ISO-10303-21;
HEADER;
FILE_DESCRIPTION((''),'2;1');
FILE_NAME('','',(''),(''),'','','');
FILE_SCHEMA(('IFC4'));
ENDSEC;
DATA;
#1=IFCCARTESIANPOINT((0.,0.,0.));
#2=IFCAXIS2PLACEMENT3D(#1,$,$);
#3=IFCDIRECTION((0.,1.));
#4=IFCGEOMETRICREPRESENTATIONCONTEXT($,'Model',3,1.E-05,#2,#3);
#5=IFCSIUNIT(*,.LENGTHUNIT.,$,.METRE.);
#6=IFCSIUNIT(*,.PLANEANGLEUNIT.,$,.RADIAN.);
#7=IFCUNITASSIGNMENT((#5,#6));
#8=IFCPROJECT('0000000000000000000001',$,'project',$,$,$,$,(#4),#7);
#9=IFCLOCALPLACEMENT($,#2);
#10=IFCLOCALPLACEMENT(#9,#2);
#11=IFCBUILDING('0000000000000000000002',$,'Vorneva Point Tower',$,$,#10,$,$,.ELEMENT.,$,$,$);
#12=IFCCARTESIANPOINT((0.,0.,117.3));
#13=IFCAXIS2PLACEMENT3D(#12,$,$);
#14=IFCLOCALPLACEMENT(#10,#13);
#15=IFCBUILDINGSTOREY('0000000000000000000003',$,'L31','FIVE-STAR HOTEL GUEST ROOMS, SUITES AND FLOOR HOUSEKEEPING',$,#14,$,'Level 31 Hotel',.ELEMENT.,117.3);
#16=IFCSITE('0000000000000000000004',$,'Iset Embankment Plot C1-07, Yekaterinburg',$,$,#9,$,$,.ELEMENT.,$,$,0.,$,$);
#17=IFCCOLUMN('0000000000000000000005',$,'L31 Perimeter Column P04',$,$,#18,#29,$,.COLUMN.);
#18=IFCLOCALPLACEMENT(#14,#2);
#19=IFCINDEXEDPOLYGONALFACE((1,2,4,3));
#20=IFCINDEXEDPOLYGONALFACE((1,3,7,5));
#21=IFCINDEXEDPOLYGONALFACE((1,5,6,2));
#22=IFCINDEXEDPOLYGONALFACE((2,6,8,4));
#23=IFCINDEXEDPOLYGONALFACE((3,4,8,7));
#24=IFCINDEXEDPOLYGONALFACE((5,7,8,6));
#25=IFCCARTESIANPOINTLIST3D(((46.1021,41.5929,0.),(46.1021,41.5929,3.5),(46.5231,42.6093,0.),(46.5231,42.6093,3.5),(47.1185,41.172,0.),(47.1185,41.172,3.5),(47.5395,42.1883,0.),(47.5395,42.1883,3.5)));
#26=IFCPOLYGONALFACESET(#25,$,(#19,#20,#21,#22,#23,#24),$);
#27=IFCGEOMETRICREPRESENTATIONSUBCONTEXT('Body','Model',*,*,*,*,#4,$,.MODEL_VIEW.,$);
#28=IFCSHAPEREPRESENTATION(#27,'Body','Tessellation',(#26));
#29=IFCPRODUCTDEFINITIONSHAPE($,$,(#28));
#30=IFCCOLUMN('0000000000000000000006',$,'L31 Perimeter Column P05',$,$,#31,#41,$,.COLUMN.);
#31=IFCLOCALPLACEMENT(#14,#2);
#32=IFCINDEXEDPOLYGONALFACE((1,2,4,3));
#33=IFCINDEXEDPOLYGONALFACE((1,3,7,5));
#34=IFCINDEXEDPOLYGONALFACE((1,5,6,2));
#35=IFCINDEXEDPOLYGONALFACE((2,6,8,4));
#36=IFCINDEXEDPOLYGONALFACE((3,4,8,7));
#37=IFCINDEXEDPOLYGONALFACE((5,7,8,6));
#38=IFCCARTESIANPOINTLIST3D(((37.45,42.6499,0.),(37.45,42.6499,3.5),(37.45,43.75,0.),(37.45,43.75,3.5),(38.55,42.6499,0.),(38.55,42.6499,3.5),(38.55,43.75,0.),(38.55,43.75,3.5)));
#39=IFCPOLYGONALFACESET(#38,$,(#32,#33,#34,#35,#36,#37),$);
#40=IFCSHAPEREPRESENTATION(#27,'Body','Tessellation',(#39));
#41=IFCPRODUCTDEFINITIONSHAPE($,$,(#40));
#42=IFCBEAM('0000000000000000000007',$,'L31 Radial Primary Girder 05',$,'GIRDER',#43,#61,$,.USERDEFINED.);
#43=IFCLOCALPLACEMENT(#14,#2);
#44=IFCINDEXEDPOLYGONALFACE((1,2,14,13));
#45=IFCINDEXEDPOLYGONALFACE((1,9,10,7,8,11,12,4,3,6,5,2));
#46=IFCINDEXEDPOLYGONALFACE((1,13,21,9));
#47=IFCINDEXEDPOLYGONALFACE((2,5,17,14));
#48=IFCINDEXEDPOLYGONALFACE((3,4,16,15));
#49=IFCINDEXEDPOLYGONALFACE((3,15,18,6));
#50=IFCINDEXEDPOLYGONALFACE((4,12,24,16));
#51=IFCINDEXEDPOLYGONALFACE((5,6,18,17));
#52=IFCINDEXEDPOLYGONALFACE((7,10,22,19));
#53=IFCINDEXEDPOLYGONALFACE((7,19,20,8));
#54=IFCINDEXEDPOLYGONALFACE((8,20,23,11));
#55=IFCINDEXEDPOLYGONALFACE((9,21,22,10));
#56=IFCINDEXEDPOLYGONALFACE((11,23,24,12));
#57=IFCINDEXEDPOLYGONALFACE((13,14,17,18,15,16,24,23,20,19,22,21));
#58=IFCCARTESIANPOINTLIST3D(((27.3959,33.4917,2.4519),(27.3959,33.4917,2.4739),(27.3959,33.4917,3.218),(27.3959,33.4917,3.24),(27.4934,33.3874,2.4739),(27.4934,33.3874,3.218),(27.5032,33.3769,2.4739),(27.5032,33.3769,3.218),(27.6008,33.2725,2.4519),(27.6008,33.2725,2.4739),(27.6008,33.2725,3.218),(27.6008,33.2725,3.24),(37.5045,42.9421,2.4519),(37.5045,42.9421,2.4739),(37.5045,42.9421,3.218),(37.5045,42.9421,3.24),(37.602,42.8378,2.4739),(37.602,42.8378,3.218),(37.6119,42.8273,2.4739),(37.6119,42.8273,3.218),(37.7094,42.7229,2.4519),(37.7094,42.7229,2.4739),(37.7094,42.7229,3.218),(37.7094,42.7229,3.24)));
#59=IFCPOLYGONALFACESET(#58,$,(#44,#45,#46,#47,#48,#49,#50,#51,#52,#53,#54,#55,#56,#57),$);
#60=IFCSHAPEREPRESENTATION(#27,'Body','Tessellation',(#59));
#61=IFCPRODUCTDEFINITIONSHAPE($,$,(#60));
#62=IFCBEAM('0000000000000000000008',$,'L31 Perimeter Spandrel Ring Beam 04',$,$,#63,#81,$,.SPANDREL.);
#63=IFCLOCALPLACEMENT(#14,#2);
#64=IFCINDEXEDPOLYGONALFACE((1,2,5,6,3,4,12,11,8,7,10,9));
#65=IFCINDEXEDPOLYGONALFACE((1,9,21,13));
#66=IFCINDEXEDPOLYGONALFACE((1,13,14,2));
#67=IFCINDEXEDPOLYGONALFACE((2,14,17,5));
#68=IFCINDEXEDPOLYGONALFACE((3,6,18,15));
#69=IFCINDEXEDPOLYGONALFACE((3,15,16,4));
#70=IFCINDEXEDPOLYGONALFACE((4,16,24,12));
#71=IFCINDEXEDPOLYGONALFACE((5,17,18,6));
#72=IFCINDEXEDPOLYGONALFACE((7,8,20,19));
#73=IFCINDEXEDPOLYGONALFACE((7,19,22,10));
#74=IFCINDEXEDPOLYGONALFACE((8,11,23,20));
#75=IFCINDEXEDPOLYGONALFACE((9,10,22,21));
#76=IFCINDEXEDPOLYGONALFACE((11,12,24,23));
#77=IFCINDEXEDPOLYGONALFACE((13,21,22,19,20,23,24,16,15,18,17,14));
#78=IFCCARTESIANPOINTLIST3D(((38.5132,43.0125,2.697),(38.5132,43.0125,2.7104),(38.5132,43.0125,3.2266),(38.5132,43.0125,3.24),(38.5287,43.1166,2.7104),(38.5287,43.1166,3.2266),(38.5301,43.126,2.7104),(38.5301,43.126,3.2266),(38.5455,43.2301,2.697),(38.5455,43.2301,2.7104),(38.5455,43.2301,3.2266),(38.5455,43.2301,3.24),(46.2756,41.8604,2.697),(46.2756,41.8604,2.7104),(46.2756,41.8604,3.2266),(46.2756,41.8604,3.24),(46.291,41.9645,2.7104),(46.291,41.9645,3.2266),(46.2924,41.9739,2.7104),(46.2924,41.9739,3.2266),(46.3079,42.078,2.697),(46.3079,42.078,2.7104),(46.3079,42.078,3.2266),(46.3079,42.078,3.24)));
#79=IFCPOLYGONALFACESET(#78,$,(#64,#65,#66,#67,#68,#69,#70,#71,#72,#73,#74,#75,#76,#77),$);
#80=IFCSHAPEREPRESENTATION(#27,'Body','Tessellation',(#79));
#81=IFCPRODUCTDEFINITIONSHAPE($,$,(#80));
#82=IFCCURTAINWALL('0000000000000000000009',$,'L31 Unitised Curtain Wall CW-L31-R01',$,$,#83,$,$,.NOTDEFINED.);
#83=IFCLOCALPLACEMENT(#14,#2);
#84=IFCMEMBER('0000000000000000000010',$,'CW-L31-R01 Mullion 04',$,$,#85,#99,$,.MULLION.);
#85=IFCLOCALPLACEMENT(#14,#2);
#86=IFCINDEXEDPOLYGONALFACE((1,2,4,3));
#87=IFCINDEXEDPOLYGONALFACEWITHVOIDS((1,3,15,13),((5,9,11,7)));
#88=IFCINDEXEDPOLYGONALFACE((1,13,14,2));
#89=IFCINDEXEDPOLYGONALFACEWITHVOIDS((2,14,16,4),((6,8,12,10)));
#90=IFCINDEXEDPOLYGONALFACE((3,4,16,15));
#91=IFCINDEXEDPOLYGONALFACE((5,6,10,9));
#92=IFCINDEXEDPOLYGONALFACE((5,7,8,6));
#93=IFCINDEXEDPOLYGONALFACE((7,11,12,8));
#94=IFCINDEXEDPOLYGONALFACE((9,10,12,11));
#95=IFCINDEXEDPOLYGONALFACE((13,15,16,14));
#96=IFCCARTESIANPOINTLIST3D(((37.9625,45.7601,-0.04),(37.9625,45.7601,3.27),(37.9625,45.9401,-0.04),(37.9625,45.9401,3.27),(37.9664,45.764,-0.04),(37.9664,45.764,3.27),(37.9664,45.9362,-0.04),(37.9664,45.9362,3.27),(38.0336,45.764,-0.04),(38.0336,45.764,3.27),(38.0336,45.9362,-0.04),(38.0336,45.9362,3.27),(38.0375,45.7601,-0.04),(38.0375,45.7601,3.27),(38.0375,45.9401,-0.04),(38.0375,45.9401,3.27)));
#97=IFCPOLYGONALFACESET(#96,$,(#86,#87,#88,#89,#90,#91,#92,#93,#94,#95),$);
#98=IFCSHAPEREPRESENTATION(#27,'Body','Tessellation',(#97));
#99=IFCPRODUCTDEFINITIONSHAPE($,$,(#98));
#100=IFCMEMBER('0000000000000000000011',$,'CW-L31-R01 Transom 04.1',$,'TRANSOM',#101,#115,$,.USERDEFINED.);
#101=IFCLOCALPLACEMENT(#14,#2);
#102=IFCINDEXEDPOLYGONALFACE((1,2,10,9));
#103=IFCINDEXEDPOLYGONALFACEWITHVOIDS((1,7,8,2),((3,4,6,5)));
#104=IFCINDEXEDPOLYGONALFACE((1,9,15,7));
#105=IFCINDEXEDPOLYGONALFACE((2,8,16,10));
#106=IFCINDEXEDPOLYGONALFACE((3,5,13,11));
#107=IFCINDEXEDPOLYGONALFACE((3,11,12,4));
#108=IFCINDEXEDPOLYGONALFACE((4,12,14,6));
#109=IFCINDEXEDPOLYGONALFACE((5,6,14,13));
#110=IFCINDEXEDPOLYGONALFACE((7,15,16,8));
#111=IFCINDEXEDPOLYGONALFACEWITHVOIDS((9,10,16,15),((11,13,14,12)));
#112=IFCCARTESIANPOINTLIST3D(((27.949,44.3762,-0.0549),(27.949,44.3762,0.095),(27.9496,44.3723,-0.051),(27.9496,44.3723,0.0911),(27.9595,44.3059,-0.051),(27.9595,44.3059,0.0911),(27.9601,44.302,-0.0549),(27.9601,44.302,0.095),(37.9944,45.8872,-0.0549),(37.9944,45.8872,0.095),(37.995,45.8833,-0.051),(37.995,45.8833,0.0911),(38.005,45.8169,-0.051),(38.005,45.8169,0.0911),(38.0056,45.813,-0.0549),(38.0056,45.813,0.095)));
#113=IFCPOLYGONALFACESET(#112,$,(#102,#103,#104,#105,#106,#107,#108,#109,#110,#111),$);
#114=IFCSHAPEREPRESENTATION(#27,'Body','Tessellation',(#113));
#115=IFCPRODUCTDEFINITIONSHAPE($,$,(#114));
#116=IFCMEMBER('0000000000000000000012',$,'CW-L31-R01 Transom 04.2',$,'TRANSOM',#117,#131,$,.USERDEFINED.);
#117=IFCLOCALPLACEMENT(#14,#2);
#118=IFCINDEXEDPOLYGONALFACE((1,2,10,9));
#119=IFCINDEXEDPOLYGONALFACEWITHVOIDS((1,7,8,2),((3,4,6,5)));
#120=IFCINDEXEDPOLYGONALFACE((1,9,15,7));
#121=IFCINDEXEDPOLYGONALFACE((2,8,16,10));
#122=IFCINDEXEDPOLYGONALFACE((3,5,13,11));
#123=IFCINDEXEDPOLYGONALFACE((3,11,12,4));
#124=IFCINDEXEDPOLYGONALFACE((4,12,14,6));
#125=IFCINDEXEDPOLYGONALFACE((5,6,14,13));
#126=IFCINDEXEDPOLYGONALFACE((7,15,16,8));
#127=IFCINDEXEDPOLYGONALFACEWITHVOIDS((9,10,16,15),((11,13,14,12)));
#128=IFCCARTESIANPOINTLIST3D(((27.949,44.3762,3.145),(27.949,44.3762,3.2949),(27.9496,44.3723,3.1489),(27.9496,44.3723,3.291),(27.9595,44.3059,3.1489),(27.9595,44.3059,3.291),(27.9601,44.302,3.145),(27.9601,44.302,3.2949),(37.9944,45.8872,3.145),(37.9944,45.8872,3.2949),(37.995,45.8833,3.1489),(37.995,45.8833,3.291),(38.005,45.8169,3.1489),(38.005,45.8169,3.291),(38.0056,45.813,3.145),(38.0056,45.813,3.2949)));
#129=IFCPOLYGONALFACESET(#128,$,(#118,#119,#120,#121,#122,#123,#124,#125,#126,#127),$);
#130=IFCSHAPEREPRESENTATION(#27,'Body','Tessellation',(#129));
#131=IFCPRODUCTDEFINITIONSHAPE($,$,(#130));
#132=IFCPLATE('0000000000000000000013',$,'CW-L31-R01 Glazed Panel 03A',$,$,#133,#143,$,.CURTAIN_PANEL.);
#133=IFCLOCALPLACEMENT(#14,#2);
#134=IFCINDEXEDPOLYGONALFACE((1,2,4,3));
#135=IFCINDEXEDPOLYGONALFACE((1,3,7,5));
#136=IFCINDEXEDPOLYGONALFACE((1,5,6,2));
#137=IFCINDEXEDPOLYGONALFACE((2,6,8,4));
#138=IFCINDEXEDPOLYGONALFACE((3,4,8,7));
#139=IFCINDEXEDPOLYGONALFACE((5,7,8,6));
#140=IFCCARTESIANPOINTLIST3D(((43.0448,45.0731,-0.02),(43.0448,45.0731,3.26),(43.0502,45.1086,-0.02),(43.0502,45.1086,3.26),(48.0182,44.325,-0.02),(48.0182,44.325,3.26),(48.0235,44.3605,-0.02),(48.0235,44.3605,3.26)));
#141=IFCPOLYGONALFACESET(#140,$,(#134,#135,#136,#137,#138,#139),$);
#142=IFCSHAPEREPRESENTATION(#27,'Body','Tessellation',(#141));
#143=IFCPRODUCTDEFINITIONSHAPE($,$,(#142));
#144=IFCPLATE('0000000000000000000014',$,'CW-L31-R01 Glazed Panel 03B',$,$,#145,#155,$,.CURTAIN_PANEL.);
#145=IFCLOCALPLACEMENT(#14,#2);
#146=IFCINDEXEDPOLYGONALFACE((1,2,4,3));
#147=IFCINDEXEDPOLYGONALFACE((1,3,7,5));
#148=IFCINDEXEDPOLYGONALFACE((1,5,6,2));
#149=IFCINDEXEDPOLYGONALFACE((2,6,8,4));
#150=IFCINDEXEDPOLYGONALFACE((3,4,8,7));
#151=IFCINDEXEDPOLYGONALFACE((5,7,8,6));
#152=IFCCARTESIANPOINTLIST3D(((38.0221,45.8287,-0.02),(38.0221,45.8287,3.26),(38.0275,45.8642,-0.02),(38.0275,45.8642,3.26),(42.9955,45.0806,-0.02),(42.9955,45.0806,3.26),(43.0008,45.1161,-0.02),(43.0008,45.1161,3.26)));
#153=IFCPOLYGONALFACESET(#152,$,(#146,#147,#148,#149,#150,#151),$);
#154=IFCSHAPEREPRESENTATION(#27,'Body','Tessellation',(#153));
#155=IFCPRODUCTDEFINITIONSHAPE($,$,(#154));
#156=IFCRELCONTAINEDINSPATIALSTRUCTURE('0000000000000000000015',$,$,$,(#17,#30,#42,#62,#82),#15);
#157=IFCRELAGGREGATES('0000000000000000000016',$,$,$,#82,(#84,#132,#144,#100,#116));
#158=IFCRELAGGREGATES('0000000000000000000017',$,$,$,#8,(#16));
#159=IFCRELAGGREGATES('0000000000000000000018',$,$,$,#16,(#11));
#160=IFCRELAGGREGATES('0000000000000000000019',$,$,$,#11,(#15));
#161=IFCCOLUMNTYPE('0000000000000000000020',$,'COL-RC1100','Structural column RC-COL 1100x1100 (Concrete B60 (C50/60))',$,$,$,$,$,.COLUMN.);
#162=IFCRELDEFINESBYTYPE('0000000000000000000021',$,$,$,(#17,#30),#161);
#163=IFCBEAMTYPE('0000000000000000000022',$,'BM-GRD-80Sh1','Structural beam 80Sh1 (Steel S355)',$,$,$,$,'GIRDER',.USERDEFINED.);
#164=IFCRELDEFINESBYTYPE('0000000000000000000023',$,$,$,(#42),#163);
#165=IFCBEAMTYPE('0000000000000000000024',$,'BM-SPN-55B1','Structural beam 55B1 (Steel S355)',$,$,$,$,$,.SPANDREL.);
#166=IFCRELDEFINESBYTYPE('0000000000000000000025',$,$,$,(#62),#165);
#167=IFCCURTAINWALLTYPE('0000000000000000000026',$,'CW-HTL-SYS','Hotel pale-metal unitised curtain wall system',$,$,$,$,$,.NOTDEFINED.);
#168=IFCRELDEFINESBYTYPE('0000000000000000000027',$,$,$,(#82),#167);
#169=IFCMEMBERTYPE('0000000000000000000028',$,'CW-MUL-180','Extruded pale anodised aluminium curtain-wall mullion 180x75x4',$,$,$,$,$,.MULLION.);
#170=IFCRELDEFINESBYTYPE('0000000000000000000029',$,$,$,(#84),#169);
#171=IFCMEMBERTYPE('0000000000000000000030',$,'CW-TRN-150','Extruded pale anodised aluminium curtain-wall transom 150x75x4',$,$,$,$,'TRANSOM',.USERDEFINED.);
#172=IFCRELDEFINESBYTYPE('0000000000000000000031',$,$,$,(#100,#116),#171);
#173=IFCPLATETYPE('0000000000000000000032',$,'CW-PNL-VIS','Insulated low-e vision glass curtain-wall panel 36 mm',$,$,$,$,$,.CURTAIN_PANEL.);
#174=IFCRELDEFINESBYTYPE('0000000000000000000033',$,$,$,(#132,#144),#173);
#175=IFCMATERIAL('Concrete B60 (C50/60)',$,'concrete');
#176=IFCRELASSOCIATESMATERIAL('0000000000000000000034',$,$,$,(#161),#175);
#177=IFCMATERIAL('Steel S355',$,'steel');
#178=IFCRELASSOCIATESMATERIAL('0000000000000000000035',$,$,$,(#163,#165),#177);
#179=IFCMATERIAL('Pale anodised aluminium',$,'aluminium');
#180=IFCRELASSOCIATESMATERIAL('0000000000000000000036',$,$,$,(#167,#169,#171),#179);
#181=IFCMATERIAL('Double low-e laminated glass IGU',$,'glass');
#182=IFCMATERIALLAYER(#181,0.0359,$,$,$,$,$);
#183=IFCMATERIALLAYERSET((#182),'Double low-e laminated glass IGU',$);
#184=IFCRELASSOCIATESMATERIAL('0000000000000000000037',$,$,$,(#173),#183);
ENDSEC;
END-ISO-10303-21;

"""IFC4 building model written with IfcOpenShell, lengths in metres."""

from ifc_helpers import new_model, si_unit, direction, frame, origin, origin_2d, place, context, subcontext, project, spatial, rectangle, hollow_rectangle, i_section, extrude, material, layer, layer_set, material_profile, profile_set, type_object, element, aggregate, save


model = new_model("IFC4")

# Units and contexts
model_context = context("Model", 3, precision=1e-05, world=origin(), true_north=direction((0.0, 1.0)))
body_context = subcontext(model_context, "Body", "Model", "MODEL_VIEW")
ifc_project = project(units=[si_unit("LENGTHUNIT", "METRE"), si_unit("PLANEANGLEUNIT", "RADIAN")], contexts=[model_context])

# Site, building, storey
site_placement = place(None, origin())
site = spatial("IfcSite", under=ifc_project, at=site_placement, Name="Iset Embankment Plot C1-07, Yekaterinburg", CompositionType="ELEMENT", RefElevation=0.0)
building_placement = place(site_placement, origin())
building = spatial("IfcBuilding", under=site, at=building_placement, Name="Vorneva Point Tower", CompositionType="ELEMENT")
storey_placement = place(building_placement, frame((0.0, 0.0, 117.3)))
storey = spatial("IfcBuildingStorey", under=building, at=storey_placement, Name="L31", Description="FIVE-STAR HOTEL GUEST ROOMS, SUITES AND FLOOR HOUSEKEEPING", LongName="Level 31 Hotel", CompositionType="ELEMENT", Elevation=117.3)

# Columns
ifc_material_1 = material(Name="Concrete B60 (C50/60)", Category="concrete")
ifc_material_profile_1 = material_profile(ifc_material_1, rectangle(XDim=1.1001, YDim=1.1001, at=origin_2d()), Name="RC-COL 1100x1100")
ifc_profile_set_1 = profile_set([ifc_material_profile_1], Name="Concrete B60 (C50/60)")
column_type = type_object("IfcColumnType", Name="COL-RC1100", Description="Structural column RC-COL 1100x1100 (Concrete B60 (C50/60))", PredefinedType="COLUMN", material=ifc_profile_set_1)
for number, where, z_axis, x_axis, name in (
    (1, (46.8208, 41.8906, 0.0), (0.0, 0.0, 1.0), (0.382683, 0.92388, 0.0), "L31 Perimeter Column P04"),
    (2, (38.0, 43.2, 0.0), (0.0, 0.0, 1.0), (0.0, 1.0, 0.0), "L31 Perimeter Column P05"),
):
    element("IfcColumn", number, at=place(storey_placement, frame(where, z_axis=z_axis, x_axis=x_axis)), inside=storey, type_object=column_type, Name=name, PredefinedType="COLUMN", context=body_context, shape_type="SweptSolid", body=[
        extrude(rectangle(XDim=1.1001, YDim=1.1001, at=origin_2d()), origin(), (0.0, 0.0, 1.0), 3.5),
    ])

# Beams
ifc_material_2 = material(Name="Steel S355", Category="steel")
ifc_material_profile_2 = material_profile(ifc_material_2, i_section(OverallWidth=0.3, OverallDepth=0.7881, WebThickness=0.0144, FlangeThickness=0.022, at=origin_2d()), Name="80Sh1")
ifc_profile_set_2 = profile_set([ifc_material_profile_2], Name="Steel S355")
beam_type_1 = type_object("IfcBeamType", Name="BM-GRD-80Sh1", Description="Structural beam 80Sh1 (Steel S355)", ElementType="GIRDER", PredefinedType="USERDEFINED", material=ifc_profile_set_2)
beam_1_placement = place(storey_placement, frame((37.6069, 42.8325, 2.8459), z_axis=(-0.730489, -0.682925, 0.0), x_axis=(0.682925, -0.730489, 0.0)))
element("IfcBeam", 3, at=beam_1_placement, inside=storey, type_object=beam_type_1, Name="L31 Radial Primary Girder 05", ObjectType="GIRDER", PredefinedType="USERDEFINED", context=body_context, shape_type="SweptSolid", body=[
    extrude(i_section(OverallWidth=0.3, OverallDepth=0.7881, WebThickness=0.0144, FlangeThickness=0.022, at=origin_2d()), origin(), (0.0, 0.0, 1.0), 13.8381),
])
ifc_material_profile_3 = material_profile(ifc_material_2, i_section(OverallWidth=0.22, OverallDepth=0.543, WebThickness=0.0095, FlangeThickness=0.0134, at=origin_2d()), Name="55B1")
ifc_profile_set_3 = profile_set([ifc_material_profile_3], Name="Steel S355")
beam_type_2 = type_object("IfcBeamType", Name="BM-SPN-55B1", Description="Structural beam 55B1 (Steel S355)", PredefinedType="SPANDREL", material=ifc_profile_set_3)
beam_2_placement = place(storey_placement, frame((46.2917, 41.9692, 2.9685), z_axis=(-0.989165, 0.146811, 0.0), x_axis=(-0.146811, -0.989165, 0.0)))
element("IfcBeam", 4, at=beam_2_placement, inside=storey, type_object=beam_type_2, Name="L31 Perimeter Spandrel Ring Beam 04", PredefinedType="SPANDREL", context=body_context, shape_type="SweptSolid", body=[
    extrude(i_section(OverallWidth=0.22, OverallDepth=0.543, WebThickness=0.0095, FlangeThickness=0.0134, at=origin_2d()), origin(), (0.0, 0.0, 1.0), 7.8474),
])

# Curtain wall, members, plates
ifc_material_3 = material(Name="Pale anodised aluminium", Category="aluminium")
curtain_wall_type = type_object("IfcCurtainWallType", Name="CW-HTL-SYS", Description="Hotel pale-metal unitised curtain wall system", PredefinedType="NOTDEFINED", material=ifc_material_3)
curtain_wall_placement = place(storey_placement, origin())
curtain_wall = element("IfcCurtainWall", 5, at=curtain_wall_placement, inside=storey, type_object=curtain_wall_type, Name="L31 Unitised Curtain Wall CW-L31-R01", PredefinedType="NOTDEFINED")
ifc_material_profile_4 = material_profile(ifc_material_3, hollow_rectangle(XDim=0.075, YDim=0.1799, WallThickness=0.0039, at=origin_2d()), Name="AL-MUL 180x75x4")
ifc_profile_set_4 = profile_set([ifc_material_profile_4], Name="Pale anodised aluminium")
member_type_1 = type_object("IfcMemberType", Name="CW-MUL-180", Description="Extruded pale anodised aluminium curtain-wall mullion 180x75x4", PredefinedType="MULLION", material=ifc_profile_set_4)
member_1_placement = place(storey_placement, frame((38.0, 45.8501, -0.04), z_axis=(0.0, 0.0, 1.0), x_axis=(1.0, 0.0, 0.0)))
member_1 = element("IfcMember", 6, at=member_1_placement, type_object=member_type_1, Name="CW-L31-R01 Mullion 04", PredefinedType="MULLION", context=body_context, shape_type="SweptSolid", body=[
    extrude(hollow_rectangle(XDim=0.075, YDim=0.1799, WallThickness=0.0039, at=origin_2d()), origin(), (0.0, 0.0, 1.0), 3.3101),
])
ifc_material_profile_5 = material_profile(ifc_material_3, hollow_rectangle(XDim=0.075, YDim=0.1499, WallThickness=0.0039, at=origin_2d()), Name="AL-TRN 150x75x4")
ifc_profile_set_5 = profile_set([ifc_material_profile_5], Name="Pale anodised aluminium")
member_type_2 = type_object("IfcMemberType", Name="CW-TRN-150", Description="Extruded pale anodised aluminium curtain-wall transom 150x75x4", ElementType="TRANSOM", PredefinedType="USERDEFINED", material=ifc_profile_set_5)
member_2_placement = place(storey_placement, frame((38.0, 45.8501, 0.02), z_axis=(-0.988876, -0.148742, 0.0), x_axis=(0.148742, -0.988876, 0.0)))
member_2 = element("IfcMember", 7, at=member_2_placement, type_object=member_type_2, Name="CW-L31-R01 Transom 04.1", ObjectType="TRANSOM", PredefinedType="USERDEFINED", context=body_context, shape_type="SweptSolid", body=[
    extrude(hollow_rectangle(XDim=0.075, YDim=0.1499, WallThickness=0.0039, at=origin_2d()), origin(), (0.0, 0.0, 1.0), 10.1584),
])
member_3_placement = place(storey_placement, frame((38.0, 45.8501, 3.22), z_axis=(-0.988876, -0.148742, 0.0), x_axis=(0.148742, -0.988876, 0.0)))
member_3 = element("IfcMember", 8, at=member_3_placement, type_object=member_type_2, Name="CW-L31-R01 Transom 04.2", ObjectType="TRANSOM", PredefinedType="USERDEFINED", context=body_context, shape_type="SweptSolid", body=[
    extrude(hollow_rectangle(XDim=0.075, YDim=0.1499, WallThickness=0.0039, at=origin_2d()), origin(), (0.0, 0.0, 1.0), 10.1584),
])
ifc_material_4 = material(Name="Double low-e laminated glass IGU", Category="glass")
ifc_layer_1 = layer(ifc_material_4, 0.0359)
ifc_layer_set_1 = layer_set([ifc_layer_1], Name="Double low-e laminated glass IGU")
plate_type = type_object("IfcPlateType", Name="CW-PNL-VIS", Description="Insulated low-e vision glass curtain-wall panel 36 mm", PredefinedType="CURTAIN_PANEL", material=ifc_layer_set_1)
plate_1_placement = place(storey_placement, frame((45.5342, 44.7168, -0.02), z_axis=(0.0, 0.0, 1.0), x_axis=(-0.988876, 0.148741, 0.0)))
plate_1 = element("IfcPlate", 9, at=plate_1_placement, type_object=plate_type, Name="CW-L31-R01 Glazed Panel 03A", PredefinedType="CURTAIN_PANEL", context=body_context, shape_type="SweptSolid", body=[
    extrude(rectangle(XDim=5.0293, YDim=0.0359, at=origin_2d()), origin(), (0.0, 0.0, 1.0), 3.28),
])
plate_2_placement = place(storey_placement, frame((40.5115, 45.4724, -0.02), z_axis=(0.0, 0.0, 1.0), x_axis=(-0.988876, 0.148741, 0.0)))
plate_2 = element("IfcPlate", 10, at=plate_2_placement, type_object=plate_type, Name="CW-L31-R01 Glazed Panel 03B", PredefinedType="CURTAIN_PANEL", context=body_context, shape_type="SweptSolid", body=[
    extrude(rectangle(XDim=5.0293, YDim=0.0359, at=origin_2d()), origin(), (0.0, 0.0, 1.0), 3.28),
])
aggregate(curtain_wall, [member_1, plate_1, plate_2, member_2, member_3])

save(model, "model.ifc")
